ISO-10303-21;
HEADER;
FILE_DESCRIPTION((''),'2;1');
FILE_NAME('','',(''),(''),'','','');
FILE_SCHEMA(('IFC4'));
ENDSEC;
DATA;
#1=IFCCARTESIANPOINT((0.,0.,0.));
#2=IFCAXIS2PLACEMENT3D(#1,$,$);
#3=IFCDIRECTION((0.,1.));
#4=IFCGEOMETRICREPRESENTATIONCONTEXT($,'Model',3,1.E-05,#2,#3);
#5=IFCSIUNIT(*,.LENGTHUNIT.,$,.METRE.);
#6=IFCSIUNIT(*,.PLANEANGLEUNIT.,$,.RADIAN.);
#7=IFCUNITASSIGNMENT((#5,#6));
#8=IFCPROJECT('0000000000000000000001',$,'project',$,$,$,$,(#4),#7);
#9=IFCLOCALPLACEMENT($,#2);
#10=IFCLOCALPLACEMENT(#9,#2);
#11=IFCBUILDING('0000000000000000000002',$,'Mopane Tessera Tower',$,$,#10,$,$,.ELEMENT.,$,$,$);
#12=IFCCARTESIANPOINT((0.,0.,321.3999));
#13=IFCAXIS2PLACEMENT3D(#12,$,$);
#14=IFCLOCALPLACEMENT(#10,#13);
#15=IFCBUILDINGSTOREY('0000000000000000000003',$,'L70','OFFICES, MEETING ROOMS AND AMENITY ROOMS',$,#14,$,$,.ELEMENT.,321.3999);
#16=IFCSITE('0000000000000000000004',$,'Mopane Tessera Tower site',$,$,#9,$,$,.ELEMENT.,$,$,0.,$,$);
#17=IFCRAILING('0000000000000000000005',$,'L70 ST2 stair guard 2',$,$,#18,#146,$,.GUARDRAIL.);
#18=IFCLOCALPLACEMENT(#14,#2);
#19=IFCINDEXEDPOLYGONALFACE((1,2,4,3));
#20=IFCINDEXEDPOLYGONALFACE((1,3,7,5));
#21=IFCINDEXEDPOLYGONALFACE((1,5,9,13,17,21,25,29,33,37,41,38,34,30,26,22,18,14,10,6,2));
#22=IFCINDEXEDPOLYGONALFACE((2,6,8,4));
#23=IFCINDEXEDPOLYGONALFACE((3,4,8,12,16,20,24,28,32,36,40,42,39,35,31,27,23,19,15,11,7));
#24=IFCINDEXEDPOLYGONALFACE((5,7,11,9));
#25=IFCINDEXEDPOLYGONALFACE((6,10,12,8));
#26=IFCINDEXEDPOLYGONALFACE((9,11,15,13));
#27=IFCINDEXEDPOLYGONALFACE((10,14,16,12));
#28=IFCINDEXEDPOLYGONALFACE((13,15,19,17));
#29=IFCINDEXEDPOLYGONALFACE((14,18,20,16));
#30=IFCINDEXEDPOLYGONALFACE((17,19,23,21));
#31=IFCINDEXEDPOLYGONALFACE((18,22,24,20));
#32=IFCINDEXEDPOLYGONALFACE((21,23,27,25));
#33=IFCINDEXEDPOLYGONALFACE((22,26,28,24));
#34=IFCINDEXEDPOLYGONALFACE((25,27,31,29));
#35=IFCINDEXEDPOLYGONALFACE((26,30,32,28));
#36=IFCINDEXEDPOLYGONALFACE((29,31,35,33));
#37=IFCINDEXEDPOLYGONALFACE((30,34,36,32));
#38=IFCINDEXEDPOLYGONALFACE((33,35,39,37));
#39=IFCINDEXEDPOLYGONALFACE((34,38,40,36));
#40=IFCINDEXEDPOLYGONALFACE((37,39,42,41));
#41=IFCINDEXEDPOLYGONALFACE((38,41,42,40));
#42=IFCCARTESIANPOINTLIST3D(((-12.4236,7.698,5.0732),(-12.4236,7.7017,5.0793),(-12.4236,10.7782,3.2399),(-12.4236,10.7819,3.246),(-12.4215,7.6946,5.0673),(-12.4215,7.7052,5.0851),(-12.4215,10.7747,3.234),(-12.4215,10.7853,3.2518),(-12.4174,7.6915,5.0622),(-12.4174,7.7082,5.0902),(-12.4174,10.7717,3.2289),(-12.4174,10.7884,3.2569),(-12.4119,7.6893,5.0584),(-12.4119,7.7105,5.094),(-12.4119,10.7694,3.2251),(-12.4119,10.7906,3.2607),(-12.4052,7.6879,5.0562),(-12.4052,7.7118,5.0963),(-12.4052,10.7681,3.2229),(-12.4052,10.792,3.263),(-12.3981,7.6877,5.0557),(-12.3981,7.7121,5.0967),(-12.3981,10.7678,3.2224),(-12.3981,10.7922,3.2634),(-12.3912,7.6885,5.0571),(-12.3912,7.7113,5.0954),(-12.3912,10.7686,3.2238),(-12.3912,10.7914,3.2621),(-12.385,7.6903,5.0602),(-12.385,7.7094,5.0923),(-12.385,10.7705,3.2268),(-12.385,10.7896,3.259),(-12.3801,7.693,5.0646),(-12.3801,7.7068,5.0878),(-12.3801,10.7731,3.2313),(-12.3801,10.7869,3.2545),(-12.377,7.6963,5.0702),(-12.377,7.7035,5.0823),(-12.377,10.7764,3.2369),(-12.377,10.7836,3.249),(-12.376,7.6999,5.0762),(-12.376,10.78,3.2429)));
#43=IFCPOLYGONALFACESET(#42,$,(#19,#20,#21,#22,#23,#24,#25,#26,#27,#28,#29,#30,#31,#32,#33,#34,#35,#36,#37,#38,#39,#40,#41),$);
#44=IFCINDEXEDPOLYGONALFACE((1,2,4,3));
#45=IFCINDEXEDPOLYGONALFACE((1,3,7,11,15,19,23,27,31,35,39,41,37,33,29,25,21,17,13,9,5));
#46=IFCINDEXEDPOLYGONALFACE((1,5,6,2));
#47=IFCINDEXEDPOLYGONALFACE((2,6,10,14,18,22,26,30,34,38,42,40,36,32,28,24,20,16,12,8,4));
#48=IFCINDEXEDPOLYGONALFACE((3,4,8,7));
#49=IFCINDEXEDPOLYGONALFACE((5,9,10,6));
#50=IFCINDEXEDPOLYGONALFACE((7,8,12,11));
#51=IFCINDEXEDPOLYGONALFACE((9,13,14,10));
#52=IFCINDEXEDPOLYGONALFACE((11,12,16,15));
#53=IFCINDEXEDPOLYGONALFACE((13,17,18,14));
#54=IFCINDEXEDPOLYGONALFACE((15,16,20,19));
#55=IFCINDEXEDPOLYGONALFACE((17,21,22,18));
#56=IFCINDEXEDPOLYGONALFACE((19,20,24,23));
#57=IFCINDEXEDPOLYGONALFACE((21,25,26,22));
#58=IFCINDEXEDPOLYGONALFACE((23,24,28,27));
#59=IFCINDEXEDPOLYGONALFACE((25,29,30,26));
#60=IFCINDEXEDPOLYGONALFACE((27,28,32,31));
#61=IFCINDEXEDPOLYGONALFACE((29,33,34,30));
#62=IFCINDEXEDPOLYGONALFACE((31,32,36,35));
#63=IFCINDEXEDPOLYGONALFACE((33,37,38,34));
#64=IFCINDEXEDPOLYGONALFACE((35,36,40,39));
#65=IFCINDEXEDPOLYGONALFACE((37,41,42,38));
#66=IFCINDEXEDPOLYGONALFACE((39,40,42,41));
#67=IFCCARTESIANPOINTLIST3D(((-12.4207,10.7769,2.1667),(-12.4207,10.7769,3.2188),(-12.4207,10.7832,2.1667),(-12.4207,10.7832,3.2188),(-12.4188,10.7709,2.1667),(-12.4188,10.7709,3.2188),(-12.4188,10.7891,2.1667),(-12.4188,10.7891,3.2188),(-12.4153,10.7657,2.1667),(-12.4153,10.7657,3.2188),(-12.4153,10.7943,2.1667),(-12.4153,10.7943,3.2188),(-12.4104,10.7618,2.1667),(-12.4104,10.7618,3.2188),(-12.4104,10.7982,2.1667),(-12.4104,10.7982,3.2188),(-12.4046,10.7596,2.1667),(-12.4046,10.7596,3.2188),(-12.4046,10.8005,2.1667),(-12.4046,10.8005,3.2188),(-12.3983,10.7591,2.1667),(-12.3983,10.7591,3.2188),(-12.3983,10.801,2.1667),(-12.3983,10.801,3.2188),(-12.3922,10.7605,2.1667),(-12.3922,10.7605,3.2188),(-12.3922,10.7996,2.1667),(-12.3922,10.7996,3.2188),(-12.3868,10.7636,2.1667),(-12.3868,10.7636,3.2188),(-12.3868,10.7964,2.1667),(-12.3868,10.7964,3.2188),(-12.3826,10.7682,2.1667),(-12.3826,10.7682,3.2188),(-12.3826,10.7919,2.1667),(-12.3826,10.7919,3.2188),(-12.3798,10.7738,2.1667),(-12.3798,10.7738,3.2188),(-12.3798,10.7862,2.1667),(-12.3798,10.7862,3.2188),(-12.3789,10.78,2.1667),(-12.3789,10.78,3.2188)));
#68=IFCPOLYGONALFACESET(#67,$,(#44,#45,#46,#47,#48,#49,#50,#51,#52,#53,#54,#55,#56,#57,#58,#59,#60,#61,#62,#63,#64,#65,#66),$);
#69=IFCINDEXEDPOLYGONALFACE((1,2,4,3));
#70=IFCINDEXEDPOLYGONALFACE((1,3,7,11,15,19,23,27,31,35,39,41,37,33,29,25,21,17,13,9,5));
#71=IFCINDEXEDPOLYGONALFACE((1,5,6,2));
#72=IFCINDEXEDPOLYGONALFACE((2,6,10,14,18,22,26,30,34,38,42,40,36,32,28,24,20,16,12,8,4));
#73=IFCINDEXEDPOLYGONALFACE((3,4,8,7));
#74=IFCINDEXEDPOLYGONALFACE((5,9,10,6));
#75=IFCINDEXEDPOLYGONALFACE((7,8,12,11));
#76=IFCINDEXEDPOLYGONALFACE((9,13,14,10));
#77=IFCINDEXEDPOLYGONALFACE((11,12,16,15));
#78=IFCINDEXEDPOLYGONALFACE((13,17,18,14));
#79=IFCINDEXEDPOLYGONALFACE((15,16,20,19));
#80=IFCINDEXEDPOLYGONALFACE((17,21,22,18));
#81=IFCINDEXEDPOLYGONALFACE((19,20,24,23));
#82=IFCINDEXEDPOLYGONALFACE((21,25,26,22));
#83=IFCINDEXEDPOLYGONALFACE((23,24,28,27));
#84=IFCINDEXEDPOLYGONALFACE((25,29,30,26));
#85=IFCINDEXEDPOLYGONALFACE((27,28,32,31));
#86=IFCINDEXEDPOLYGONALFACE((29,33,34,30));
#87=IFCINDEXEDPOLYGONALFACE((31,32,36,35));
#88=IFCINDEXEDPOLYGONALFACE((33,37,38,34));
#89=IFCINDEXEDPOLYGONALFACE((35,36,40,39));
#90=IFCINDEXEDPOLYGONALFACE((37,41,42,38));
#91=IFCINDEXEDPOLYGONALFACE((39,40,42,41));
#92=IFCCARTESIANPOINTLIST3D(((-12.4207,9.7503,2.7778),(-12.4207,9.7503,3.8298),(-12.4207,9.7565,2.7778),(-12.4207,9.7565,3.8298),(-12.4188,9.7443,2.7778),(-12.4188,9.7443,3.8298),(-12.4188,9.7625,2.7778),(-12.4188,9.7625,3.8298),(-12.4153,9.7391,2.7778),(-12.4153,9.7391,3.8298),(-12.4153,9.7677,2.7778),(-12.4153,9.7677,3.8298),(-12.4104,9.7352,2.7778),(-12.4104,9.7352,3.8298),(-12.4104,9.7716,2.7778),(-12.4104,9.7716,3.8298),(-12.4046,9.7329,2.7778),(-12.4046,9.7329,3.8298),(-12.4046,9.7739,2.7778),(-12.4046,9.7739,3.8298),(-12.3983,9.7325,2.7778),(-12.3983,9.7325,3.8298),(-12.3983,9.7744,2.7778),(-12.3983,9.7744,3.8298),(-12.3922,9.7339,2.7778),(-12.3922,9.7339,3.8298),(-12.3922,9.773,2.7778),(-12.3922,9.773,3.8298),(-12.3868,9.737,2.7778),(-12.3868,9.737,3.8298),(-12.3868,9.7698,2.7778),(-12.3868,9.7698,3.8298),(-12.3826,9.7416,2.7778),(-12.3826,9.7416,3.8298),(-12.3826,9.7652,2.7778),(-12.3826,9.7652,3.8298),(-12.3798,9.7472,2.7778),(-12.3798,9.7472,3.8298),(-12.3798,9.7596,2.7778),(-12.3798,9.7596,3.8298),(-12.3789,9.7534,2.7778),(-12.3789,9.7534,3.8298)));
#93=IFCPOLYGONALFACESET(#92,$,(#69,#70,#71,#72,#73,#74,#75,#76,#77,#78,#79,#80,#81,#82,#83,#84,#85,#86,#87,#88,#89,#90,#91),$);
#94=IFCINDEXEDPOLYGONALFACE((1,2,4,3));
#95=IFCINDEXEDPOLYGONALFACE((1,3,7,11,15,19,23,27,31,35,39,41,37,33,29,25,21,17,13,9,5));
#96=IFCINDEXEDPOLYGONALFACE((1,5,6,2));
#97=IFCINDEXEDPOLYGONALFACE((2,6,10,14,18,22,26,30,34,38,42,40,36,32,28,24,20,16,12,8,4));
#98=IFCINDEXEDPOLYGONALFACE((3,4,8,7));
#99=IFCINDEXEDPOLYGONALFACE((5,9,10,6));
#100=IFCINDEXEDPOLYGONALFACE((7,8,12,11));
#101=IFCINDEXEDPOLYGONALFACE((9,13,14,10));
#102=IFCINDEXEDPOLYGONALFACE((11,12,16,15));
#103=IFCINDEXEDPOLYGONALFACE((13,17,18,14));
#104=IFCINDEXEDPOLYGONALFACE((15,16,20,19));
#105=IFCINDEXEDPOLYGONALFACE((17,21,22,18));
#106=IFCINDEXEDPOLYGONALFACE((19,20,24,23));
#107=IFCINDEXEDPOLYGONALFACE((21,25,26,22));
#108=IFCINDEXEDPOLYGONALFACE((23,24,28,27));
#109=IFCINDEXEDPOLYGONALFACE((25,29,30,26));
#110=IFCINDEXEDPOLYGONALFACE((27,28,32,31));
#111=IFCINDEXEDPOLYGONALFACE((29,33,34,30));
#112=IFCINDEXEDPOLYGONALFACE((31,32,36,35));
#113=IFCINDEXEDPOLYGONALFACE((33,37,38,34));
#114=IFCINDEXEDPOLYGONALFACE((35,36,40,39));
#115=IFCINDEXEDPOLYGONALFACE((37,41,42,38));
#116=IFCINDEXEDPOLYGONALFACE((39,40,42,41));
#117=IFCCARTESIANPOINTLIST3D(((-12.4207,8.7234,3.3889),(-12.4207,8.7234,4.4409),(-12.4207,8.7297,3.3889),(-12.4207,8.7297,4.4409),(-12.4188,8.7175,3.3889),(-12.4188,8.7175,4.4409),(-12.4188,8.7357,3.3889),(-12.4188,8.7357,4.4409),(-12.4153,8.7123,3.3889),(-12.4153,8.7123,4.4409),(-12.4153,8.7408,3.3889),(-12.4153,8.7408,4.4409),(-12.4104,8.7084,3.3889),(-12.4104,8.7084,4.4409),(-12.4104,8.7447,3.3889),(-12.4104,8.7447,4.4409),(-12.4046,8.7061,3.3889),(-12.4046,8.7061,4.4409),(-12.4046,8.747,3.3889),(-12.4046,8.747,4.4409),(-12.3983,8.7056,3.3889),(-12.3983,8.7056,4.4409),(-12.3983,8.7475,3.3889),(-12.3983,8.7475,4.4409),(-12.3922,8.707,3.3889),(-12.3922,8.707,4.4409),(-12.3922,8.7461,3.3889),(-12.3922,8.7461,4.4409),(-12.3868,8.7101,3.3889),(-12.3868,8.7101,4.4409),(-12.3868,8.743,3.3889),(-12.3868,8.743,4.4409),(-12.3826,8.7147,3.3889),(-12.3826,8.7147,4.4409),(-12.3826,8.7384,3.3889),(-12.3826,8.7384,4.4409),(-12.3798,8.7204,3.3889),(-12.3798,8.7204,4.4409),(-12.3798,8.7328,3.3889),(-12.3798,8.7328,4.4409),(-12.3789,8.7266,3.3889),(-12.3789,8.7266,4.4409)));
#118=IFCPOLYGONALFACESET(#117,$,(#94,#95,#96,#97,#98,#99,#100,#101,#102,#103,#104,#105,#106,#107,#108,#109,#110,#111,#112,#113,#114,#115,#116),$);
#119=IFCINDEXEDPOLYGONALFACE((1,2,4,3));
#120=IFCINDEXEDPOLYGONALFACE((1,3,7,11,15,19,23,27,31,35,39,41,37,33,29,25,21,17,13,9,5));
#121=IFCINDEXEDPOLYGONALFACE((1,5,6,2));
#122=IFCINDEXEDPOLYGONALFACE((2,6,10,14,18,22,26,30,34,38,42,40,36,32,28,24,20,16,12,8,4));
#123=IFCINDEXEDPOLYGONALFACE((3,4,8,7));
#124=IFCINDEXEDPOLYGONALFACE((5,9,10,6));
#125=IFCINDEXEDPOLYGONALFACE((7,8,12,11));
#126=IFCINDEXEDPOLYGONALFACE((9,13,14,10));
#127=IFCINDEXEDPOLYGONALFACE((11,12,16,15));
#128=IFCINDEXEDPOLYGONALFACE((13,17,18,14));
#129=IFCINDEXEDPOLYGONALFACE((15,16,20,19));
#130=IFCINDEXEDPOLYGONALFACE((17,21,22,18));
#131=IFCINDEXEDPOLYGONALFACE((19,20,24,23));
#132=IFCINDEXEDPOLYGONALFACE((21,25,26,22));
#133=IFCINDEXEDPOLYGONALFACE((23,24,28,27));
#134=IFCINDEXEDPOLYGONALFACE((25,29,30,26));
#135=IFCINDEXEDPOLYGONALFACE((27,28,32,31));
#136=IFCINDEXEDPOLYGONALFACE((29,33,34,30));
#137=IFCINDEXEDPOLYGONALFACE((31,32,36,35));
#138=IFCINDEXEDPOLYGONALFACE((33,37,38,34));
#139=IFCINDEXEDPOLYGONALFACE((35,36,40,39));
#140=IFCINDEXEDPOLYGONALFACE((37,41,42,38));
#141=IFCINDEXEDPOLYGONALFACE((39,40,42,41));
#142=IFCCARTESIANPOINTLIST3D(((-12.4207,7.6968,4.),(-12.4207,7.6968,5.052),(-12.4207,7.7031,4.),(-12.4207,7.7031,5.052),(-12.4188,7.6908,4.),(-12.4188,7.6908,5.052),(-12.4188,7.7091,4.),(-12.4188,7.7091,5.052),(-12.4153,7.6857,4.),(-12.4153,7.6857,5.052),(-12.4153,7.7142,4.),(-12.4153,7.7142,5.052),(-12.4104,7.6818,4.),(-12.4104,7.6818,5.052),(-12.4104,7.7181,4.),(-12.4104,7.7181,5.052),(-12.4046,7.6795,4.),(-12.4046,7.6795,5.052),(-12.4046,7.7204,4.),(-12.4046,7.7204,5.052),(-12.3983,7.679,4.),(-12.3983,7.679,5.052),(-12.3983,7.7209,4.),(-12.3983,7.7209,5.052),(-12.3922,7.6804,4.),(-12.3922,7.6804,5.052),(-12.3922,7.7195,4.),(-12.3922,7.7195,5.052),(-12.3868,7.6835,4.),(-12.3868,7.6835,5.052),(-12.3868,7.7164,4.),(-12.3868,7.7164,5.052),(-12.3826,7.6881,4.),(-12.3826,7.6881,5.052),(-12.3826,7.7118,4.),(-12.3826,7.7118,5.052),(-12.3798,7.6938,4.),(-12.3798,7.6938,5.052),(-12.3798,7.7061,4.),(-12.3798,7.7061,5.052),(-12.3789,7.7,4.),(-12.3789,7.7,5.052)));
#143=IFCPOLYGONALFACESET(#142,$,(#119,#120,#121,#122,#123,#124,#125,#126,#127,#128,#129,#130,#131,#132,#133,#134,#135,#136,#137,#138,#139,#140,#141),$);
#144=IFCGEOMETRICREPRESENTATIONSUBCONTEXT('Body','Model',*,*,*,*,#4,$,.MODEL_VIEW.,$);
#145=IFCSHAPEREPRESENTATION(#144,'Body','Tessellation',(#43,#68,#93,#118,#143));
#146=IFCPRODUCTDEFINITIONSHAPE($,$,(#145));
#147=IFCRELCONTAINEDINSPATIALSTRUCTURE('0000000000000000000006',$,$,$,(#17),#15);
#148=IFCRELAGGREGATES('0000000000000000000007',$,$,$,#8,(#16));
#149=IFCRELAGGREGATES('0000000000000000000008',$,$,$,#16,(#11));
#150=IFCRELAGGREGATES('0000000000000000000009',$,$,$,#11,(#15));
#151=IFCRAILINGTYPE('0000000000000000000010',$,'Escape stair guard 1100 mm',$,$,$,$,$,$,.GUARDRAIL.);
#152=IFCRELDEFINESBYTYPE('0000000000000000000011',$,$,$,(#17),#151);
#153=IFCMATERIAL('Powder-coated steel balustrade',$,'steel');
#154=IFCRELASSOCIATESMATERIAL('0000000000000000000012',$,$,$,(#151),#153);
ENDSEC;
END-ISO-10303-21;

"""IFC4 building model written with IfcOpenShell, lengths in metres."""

from ifc_helpers import new_model, si_unit, direction, frame, origin, origin_2d, place, context, subcontext, project, spatial, circle, extrude, material, type_object, element, save


model = new_model("IFC4")

# Units and contexts
model_context = context("Model", 3, precision=1e-05, world=origin(), true_north=direction((0.0, 1.0)))
body_context = subcontext(model_context, "Body", "Model", "MODEL_VIEW")
ifc_project = project(units=[si_unit("LENGTHUNIT", "METRE"), si_unit("PLANEANGLEUNIT", "RADIAN")], contexts=[model_context])

# Site, building, storey
site_placement = place(None, origin())
site = spatial("IfcSite", under=ifc_project, at=site_placement, Name="Mopane Tessera Tower site", CompositionType="ELEMENT", RefElevation=0.0)
building_placement = place(site_placement, origin())
building = spatial("IfcBuilding", under=site, at=building_placement, Name="Mopane Tessera Tower", CompositionType="ELEMENT")
storey_placement = place(building_placement, frame((0.0, 0.0, 321.3999)))
storey = spatial("IfcBuildingStorey", under=building, at=storey_placement, Name="L70", Description="OFFICES, MEETING ROOMS AND AMENITY ROOMS", CompositionType="ELEMENT", Elevation=321.3999)

# Railing
ifc_material_1 = material(Name="Powder-coated steel balustrade", Category="steel")
railing_type_1 = type_object("IfcRailingType", Name="Escape stair guard 1100 mm", PredefinedType="GUARDRAIL", material=ifc_material_1)
railing_1_placement = place(storey_placement, frame((-12.3999, 10.78, 2.1667)))
element("IfcRailing", 1, at=railing_1_placement, inside=storey, type_object=railing_type_1, Name="L70 ST2 stair guard 2", PredefinedType="GUARDRAIL", context=body_context, shape_type="SweptSolid", body=[
    extrude(circle(Radius=0.0239, at=origin_2d()), frame((0.0, 0.0, 1.0762), z_axis=(0.0, -0.859309, 0.511458), x_axis=(1.0, 0.0, 0.0)), (0.0, 0.0, 1.0), 3.5845),
    extrude(circle(Radius=0.021, at=origin_2d()), origin(), (0.0, 0.0, 1.0), 1.052),
    extrude(circle(Radius=0.021, at=origin_2d()), frame((0.0, -1.0266, 0.6111)), (0.0, 0.0, 1.0), 1.052),
    extrude(circle(Radius=0.021, at=origin_2d()), frame((0.0, -2.0535, 1.2222)), (0.0, 0.0, 1.0), 1.052),
    extrude(circle(Radius=0.021, at=origin_2d()), frame((0.0, -3.0801, 1.8333)), (0.0, 0.0, 1.0), 1.052),
])

save(model, "model.ifc")
